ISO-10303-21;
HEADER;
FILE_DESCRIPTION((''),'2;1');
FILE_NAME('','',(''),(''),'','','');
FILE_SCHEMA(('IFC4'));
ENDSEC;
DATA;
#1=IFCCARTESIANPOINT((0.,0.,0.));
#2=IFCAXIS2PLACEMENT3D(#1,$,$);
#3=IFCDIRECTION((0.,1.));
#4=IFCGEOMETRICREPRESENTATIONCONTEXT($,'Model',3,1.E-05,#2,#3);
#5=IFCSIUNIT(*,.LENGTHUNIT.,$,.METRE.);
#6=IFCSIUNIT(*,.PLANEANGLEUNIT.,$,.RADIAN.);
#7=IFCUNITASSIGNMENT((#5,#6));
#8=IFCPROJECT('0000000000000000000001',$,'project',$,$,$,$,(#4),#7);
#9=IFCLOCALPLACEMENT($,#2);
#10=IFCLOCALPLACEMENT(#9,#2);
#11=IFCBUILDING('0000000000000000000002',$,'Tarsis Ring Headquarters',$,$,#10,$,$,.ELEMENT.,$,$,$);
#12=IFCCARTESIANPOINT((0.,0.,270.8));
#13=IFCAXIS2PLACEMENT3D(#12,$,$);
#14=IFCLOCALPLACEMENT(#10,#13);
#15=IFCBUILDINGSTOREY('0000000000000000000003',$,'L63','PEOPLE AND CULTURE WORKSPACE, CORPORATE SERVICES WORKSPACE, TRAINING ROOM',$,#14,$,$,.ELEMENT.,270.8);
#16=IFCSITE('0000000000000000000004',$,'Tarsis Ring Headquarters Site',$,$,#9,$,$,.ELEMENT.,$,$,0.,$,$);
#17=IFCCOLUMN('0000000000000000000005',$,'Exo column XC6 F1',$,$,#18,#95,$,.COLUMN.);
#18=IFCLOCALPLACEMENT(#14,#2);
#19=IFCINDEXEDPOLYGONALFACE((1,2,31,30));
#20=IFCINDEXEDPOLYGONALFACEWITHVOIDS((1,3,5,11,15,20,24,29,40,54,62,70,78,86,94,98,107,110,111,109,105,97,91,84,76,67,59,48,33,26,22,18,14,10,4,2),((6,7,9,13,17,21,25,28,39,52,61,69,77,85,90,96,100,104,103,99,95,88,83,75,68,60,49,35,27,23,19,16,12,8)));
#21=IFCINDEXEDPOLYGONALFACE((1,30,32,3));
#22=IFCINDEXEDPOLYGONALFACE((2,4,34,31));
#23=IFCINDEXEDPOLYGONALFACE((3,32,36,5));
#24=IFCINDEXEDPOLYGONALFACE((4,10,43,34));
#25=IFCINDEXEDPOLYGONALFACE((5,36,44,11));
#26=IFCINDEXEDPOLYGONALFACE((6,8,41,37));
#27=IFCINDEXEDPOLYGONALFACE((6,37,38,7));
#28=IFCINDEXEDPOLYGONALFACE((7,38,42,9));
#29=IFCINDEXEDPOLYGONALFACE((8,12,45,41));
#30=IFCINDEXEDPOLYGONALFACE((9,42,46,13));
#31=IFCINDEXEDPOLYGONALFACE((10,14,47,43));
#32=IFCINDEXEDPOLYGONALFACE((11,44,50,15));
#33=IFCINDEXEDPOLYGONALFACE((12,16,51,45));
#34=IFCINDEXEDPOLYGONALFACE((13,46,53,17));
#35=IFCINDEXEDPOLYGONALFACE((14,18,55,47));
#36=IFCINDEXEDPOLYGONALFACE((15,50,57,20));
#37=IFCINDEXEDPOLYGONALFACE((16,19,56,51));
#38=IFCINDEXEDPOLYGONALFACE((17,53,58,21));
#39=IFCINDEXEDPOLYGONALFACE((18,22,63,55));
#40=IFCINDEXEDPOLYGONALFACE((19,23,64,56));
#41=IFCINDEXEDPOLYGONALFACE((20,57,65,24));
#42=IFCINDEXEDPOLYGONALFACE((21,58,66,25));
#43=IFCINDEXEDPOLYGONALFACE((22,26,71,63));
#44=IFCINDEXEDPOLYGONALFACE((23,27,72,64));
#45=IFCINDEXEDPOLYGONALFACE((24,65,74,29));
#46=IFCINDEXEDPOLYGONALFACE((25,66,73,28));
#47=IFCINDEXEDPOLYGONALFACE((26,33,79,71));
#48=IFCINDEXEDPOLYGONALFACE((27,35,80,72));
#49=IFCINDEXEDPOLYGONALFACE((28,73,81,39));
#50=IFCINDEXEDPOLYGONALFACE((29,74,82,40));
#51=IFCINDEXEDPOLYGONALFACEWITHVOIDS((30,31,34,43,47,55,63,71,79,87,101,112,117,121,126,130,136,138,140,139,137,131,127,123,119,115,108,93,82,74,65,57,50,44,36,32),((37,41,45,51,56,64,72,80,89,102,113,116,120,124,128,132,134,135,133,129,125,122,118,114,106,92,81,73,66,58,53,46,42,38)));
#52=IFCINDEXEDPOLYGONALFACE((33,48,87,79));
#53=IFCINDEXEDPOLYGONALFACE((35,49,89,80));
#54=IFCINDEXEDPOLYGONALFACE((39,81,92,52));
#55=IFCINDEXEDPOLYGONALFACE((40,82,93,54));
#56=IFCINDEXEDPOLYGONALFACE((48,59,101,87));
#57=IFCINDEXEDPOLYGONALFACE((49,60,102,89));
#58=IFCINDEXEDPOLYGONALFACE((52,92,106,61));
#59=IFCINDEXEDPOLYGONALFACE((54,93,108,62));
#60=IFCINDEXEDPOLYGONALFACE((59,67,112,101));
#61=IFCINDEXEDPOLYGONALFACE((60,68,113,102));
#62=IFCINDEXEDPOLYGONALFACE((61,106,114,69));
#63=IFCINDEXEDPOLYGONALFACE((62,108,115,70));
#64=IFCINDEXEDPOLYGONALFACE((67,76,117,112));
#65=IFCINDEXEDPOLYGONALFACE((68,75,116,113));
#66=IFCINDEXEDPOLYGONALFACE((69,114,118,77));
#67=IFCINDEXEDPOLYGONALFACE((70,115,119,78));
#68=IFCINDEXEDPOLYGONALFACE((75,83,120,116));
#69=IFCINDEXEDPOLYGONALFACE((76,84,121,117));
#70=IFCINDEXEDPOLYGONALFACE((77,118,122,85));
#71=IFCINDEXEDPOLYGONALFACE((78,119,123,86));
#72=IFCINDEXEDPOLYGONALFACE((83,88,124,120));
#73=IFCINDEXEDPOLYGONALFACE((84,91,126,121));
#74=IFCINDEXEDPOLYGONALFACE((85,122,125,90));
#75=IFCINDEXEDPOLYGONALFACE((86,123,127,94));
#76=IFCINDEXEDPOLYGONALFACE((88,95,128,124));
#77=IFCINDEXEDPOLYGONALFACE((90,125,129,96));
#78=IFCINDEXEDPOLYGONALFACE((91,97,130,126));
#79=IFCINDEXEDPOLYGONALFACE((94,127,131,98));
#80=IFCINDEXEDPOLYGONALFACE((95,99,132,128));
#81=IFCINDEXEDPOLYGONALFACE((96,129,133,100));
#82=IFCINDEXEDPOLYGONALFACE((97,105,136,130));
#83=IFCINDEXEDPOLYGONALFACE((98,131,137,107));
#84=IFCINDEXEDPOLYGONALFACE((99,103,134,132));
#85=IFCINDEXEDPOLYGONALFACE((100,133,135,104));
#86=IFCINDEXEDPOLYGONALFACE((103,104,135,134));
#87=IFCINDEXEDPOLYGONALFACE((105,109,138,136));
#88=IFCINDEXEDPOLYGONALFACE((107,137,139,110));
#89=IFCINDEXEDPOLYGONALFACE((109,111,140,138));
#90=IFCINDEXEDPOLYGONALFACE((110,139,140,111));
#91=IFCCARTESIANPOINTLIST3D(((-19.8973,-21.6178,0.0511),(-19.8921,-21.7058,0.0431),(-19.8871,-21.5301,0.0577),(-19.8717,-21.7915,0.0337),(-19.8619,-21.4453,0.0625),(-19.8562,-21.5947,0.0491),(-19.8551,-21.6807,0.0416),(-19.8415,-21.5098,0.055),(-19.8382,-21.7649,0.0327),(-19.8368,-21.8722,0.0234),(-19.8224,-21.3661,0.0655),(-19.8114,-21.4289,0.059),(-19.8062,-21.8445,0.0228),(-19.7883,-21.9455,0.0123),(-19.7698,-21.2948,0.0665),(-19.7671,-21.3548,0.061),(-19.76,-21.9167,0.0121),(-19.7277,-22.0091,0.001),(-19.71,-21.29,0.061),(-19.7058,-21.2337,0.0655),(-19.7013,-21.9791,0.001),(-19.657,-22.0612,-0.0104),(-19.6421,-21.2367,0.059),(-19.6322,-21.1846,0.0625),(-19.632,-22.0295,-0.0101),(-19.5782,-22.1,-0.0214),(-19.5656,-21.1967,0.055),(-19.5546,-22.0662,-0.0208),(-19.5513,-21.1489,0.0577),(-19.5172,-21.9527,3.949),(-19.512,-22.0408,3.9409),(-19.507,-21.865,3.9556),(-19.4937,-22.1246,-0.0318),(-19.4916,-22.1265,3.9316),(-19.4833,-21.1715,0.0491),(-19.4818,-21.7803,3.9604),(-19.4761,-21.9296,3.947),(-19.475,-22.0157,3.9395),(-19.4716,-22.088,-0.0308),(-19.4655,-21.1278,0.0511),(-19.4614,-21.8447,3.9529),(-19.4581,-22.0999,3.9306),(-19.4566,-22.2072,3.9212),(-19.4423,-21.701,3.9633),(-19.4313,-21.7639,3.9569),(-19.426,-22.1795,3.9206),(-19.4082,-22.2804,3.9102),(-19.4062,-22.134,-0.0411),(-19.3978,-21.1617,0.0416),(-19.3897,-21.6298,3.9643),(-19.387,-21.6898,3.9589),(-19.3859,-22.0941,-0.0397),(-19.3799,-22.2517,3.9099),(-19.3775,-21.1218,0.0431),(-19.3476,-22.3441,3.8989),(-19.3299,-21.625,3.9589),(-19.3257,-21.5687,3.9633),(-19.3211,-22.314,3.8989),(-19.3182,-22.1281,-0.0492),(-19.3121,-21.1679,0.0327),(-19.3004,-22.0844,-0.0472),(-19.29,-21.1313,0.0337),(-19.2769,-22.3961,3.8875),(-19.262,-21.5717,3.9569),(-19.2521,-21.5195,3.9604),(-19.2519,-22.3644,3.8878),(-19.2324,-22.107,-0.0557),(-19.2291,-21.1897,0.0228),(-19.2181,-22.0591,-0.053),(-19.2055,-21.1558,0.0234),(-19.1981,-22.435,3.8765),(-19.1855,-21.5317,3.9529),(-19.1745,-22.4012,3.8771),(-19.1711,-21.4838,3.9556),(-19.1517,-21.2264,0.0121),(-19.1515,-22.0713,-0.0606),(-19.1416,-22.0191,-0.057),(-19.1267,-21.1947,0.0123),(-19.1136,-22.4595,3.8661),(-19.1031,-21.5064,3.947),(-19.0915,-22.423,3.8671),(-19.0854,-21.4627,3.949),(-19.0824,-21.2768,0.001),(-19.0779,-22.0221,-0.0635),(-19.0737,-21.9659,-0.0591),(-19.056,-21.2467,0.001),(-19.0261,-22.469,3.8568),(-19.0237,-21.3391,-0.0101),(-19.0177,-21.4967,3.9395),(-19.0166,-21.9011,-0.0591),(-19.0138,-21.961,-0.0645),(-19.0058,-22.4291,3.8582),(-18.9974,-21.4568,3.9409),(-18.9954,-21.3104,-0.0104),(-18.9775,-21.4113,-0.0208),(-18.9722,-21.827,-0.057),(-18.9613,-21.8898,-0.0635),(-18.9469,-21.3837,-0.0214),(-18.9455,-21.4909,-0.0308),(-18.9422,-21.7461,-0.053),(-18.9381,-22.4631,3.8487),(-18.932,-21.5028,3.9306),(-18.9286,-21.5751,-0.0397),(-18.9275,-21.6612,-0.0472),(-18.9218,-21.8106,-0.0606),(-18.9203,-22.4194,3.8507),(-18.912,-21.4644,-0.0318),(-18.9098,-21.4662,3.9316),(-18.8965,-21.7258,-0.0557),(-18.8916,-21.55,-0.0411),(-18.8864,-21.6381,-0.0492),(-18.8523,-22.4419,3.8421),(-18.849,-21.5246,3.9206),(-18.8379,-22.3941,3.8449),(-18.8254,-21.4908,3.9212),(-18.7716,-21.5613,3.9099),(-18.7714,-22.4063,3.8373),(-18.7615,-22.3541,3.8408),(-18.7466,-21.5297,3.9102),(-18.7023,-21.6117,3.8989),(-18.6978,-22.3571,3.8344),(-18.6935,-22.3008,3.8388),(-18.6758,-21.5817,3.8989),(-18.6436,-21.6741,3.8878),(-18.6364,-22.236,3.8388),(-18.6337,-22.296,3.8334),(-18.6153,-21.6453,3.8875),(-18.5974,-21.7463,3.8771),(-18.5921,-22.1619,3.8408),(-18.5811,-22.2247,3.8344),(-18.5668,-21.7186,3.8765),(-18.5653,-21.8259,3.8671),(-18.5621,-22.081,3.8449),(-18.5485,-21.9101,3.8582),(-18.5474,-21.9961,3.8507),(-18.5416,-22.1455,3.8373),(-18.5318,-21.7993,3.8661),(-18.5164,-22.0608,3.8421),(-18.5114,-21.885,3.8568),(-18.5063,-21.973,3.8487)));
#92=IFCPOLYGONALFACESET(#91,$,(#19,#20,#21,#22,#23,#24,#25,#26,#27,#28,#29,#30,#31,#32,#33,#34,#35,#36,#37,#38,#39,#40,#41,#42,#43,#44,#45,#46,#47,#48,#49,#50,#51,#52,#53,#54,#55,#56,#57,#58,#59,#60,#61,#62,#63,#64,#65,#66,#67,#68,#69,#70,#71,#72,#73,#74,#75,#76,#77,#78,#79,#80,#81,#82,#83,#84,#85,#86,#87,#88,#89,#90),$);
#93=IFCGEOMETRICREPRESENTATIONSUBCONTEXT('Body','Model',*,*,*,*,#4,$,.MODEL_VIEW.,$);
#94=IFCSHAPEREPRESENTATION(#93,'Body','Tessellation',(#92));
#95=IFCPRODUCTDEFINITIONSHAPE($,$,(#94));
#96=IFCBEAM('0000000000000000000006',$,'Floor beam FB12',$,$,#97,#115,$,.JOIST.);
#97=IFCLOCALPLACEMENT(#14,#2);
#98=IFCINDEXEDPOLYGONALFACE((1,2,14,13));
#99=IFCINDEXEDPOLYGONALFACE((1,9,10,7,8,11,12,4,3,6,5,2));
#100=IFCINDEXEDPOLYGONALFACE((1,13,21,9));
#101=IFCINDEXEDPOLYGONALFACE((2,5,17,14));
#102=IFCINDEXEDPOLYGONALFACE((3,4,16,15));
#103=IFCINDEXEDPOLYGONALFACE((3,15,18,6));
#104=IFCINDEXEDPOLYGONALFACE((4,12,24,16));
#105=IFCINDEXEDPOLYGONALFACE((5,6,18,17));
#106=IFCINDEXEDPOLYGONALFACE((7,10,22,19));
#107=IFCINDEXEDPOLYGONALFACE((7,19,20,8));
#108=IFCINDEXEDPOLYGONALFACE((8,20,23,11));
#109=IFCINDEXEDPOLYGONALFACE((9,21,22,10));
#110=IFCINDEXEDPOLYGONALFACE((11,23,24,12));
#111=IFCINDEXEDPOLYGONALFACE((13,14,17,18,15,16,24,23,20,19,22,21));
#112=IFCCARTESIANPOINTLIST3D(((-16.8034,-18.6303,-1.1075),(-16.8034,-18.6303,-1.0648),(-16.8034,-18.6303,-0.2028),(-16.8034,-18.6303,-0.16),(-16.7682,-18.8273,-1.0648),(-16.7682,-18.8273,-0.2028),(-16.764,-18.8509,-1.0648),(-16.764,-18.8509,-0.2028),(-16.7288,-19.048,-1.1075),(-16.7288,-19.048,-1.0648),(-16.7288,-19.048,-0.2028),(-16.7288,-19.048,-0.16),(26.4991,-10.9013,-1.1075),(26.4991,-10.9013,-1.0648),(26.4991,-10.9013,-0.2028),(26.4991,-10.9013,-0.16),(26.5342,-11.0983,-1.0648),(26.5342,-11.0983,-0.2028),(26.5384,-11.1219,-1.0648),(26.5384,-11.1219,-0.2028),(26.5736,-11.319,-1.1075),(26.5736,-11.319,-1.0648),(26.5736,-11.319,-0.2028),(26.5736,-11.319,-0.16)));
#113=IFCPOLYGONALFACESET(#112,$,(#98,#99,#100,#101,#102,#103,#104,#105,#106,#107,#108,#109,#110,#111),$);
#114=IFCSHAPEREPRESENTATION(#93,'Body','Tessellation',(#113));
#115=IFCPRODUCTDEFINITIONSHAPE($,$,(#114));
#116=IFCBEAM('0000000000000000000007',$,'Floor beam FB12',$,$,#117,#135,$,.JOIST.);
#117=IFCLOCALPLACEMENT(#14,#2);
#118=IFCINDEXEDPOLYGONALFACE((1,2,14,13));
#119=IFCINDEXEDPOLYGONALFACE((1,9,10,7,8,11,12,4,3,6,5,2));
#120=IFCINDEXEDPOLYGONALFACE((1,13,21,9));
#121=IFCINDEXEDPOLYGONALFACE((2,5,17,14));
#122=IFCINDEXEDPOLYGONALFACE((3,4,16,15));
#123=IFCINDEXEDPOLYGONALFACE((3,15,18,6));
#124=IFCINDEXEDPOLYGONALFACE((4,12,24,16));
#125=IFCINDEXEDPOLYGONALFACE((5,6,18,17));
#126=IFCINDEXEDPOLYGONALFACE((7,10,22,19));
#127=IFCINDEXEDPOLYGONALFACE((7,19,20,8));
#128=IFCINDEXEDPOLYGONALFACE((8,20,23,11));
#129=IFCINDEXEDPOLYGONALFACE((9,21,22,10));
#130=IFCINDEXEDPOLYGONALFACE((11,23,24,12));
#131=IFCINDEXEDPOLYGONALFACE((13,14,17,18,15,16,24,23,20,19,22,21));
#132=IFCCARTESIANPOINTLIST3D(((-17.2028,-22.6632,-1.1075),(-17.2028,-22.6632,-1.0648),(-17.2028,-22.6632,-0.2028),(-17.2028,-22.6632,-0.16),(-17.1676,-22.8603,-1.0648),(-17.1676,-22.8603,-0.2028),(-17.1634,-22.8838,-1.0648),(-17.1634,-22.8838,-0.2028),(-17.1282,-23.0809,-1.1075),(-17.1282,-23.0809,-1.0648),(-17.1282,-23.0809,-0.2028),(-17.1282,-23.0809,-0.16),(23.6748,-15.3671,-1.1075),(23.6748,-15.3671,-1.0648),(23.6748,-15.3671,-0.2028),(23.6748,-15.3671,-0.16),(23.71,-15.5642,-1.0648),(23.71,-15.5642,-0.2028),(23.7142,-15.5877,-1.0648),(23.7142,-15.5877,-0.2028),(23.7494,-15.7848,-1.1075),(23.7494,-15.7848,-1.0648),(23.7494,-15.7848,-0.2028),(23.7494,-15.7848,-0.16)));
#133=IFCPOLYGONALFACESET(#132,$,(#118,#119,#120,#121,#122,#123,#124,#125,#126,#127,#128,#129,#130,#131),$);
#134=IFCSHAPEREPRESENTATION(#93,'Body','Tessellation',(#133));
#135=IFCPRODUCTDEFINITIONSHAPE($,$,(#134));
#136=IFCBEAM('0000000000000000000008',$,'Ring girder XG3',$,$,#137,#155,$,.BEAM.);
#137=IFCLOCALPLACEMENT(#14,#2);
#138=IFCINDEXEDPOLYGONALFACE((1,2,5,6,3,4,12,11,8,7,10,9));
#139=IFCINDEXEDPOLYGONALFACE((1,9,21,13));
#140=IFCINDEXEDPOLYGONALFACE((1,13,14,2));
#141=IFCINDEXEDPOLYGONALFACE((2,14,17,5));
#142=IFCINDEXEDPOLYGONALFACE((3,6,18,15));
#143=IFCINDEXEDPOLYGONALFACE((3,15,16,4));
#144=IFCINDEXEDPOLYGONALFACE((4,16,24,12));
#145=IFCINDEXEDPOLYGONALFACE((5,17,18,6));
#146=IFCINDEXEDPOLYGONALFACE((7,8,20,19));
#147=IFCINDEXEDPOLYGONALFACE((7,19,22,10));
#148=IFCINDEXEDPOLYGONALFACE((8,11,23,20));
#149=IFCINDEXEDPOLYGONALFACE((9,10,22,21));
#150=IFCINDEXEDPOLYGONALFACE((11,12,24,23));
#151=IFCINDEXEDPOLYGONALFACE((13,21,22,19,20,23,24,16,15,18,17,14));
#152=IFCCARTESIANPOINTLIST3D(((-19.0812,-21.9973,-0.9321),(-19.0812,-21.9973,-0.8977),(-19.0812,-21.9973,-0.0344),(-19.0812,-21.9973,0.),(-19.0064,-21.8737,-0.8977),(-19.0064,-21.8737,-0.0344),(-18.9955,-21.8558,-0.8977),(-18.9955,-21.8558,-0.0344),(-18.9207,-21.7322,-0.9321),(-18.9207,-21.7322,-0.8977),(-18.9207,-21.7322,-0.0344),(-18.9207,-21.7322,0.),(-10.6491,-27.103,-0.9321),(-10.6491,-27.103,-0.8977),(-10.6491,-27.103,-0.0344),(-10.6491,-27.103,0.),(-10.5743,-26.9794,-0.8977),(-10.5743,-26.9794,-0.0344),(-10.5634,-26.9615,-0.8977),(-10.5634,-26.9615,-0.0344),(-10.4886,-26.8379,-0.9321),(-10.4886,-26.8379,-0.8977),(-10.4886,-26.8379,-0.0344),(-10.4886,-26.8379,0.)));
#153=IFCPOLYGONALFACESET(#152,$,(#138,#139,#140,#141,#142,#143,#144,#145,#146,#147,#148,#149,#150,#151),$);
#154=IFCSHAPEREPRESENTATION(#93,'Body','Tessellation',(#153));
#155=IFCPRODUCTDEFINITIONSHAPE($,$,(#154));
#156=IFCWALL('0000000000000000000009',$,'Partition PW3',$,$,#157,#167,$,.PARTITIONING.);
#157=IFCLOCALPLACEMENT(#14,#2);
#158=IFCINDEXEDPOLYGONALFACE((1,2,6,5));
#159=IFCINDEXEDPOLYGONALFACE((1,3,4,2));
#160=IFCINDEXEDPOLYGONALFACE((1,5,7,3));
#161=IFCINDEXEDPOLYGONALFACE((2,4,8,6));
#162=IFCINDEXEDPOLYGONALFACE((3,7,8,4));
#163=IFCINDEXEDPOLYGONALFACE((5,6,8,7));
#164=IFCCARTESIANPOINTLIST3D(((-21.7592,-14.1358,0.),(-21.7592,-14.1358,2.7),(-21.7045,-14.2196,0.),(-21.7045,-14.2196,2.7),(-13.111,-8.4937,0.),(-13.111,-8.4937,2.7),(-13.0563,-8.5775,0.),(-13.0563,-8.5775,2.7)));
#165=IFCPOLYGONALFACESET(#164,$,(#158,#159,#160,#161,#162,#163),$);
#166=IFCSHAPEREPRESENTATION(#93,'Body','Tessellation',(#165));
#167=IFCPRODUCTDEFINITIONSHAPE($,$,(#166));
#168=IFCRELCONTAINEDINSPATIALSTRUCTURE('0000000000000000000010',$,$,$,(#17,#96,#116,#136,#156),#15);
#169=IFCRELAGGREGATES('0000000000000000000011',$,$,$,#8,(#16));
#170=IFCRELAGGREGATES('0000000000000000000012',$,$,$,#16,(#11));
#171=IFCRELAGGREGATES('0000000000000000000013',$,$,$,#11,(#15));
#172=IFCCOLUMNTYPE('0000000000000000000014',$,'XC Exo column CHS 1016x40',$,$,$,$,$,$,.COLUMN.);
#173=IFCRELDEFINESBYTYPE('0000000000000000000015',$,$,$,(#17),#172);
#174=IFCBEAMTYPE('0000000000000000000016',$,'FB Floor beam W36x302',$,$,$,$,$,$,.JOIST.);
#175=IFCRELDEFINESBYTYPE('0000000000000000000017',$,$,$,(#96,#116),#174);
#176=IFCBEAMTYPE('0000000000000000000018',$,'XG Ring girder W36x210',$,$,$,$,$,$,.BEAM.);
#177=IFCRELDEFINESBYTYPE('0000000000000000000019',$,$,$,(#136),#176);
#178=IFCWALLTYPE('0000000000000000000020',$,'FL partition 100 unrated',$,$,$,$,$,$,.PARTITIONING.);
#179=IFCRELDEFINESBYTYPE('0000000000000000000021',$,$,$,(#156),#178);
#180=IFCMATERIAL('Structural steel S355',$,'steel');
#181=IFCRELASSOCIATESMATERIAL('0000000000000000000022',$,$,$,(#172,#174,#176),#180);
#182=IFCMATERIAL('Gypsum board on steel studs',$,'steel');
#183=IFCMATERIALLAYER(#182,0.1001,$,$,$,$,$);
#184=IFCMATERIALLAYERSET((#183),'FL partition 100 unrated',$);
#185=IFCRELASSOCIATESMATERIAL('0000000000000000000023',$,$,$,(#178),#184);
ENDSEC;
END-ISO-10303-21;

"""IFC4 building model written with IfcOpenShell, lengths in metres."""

from ifc_helpers import new_model, si_unit, direction, frame, frame_2d, origin, origin_2d, place, context, subcontext, project, spatial, rectangle, hollow_circle, i_section, extrude, material, layer, layer_set, material_profile, profile_set, type_object, element, save


model = new_model("IFC4")

# Units and contexts
model_context = context("Model", 3, precision=1e-05, world=origin(), true_north=direction((0.0, 1.0)))
body_context = subcontext(model_context, "Body", "Model", "MODEL_VIEW")
ifc_project = project(units=[si_unit("LENGTHUNIT", "METRE"), si_unit("PLANEANGLEUNIT", "RADIAN")], contexts=[model_context])

# Site, building, storey
site_placement = place(None, origin())
site = spatial("IfcSite", under=ifc_project, at=site_placement, Name="Tarsis Ring Headquarters Site", CompositionType="ELEMENT", RefElevation=0.0)
building_placement = place(site_placement, origin())
building = spatial("IfcBuilding", under=site, at=building_placement, Name="Tarsis Ring Headquarters", CompositionType="ELEMENT")
storey_placement = place(building_placement, frame((0.0, 0.0, 270.8)))
storey = spatial("IfcBuildingStorey", under=building, at=storey_placement, Name="L63", Description="PEOPLE AND CULTURE WORKSPACE, CORPORATE SERVICES WORKSPACE, TRAINING ROOM", CompositionType="ELEMENT", Elevation=270.8)

# Column
ifc_material_1 = material(Name="Structural steel S355", Category="steel")
ifc_material_profile_1 = material_profile(ifc_material_1, hollow_circle(Radius=0.5081, WallThickness=0.04, at=origin_2d()), Name="CHS 1016x40")
ifc_profile_set_1 = profile_set([ifc_material_profile_1], Name="Structural steel S355")
column_type = type_object("IfcColumnType", Name="XC Exo column CHS 1016x40", PredefinedType="COLUMN", material=ifc_profile_set_1)
column_placement = place(storey_placement, frame((-19.3918, -21.6279, 0.001), z_axis=(0.096706, -0.085216, 0.991658), x_axis=(0.661127, 0.750274, 0.0)))
element("IfcColumn", 1, at=column_placement, inside=storey, type_object=column_type, Name="Exo column XC6 F1", PredefinedType="COLUMN", context=body_context, shape_type="SweptSolid", body=[
    extrude(hollow_circle(Radius=0.5081, WallThickness=0.04, at=origin_2d()), origin(), (0.0, 0.0, 1.0), 3.9307),
])

# Beams
ifc_material_profile_2 = material_profile(ifc_material_1, i_section(OverallWidth=0.4243, OverallDepth=0.9475, WebThickness=0.0239, FlangeThickness=0.0427, at=origin_2d()), Name="W36x302")
ifc_profile_set_2 = profile_set([ifc_material_profile_2], Name="Structural steel S355")
beam_type_1 = type_object("IfcBeamType", Name="FB Floor beam W36x302", PredefinedType="JOIST", material=ifc_profile_set_2)
beam_1_placement = place(storey_placement, frame((-16.7661, -18.8391, -0.6338), z_axis=(0.984442, 0.175712, 0.0), x_axis=(-0.175712, 0.984442, 0.0)))
element("IfcBeam", 2, at=beam_1_placement, inside=storey, type_object=beam_type_1, Name="Floor beam FB12", PredefinedType="JOIST", context=body_context, shape_type="SweptSolid", body=[
    extrude(i_section(OverallWidth=0.4243, OverallDepth=0.9475, WebThickness=0.0239, FlangeThickness=0.0427, at=origin_2d()), origin(), (0.0, 0.0, 1.0), 43.9868),
])
beam_2_placement = place(storey_placement, frame((-17.1655, -22.8721, -0.6338), z_axis=(0.984442, 0.17571, 0.0), x_axis=(-0.17571, 0.984442, 0.0)))
element("IfcBeam", 3, at=beam_2_placement, inside=storey, type_object=beam_type_1, Name="Floor beam FB12", PredefinedType="JOIST", context=body_context, shape_type="SweptSolid", body=[
    extrude(i_section(OverallWidth=0.4243, OverallDepth=0.9475, WebThickness=0.0239, FlangeThickness=0.0427, at=origin_2d()), origin(), (0.0, 0.0, 1.0), 41.5237),
])
ifc_material_profile_3 = material_profile(ifc_material_1, i_section(OverallWidth=0.3098, OverallDepth=0.9321, WebThickness=0.021, FlangeThickness=0.0344, at=origin_2d()), Name="W36x210")
ifc_profile_set_3 = profile_set([ifc_material_profile_3], Name="Structural steel S355")
beam_type_2 = type_object("IfcBeamType", Name="XG Ring girder W36x210", PredefinedType="BEAM", material=ifc_profile_set_3)
beam_3_placement = place(storey_placement, frame((-19.001, -21.8647, -0.4661), z_axis=(0.855408, -0.517955, 0.0), x_axis=(0.517955, 0.855408, 0.0)))
element("IfcBeam", 4, at=beam_3_placement, inside=storey, type_object=beam_type_2, Name="Ring girder XG3", PredefinedType="BEAM", context=body_context, shape_type="SweptSolid", body=[
    extrude(i_section(OverallWidth=0.3098, OverallDepth=0.9321, WebThickness=0.021, FlangeThickness=0.0344, at=origin_2d()), origin(), (0.0, 0.0, 1.0), 9.8574),
])

# Wall
ifc_material_2 = material(Name="Gypsum board on steel studs", Category="steel")
ifc_layer_1 = layer(ifc_material_2, 0.1001)
ifc_layer_set_1 = layer_set([ifc_layer_1], Name="FL partition 100 unrated")
wall_type_1 = type_object("IfcWallType", Name="FL partition 100 unrated", PredefinedType="PARTITIONING", material=ifc_layer_set_1)
wall_1_placement = place(storey_placement, frame((-21.7319, -14.1777, 0.0), z_axis=(0.0, 0.0, 1.0), x_axis=(0.837524, 0.546401, 0.0)))
element("IfcWall", 5, at=wall_1_placement, inside=storey, type_object=wall_type_1, Name="Partition PW3", PredefinedType="PARTITIONING", context=body_context, shape_type="SweptSolid", body=[
    extrude(rectangle(XDim=10.3259, YDim=0.1001, at=frame_2d((5.1631, 0.0))), origin(), (0.0, 0.0, 1.0), 2.7),
])

save(model, "model.ifc")
